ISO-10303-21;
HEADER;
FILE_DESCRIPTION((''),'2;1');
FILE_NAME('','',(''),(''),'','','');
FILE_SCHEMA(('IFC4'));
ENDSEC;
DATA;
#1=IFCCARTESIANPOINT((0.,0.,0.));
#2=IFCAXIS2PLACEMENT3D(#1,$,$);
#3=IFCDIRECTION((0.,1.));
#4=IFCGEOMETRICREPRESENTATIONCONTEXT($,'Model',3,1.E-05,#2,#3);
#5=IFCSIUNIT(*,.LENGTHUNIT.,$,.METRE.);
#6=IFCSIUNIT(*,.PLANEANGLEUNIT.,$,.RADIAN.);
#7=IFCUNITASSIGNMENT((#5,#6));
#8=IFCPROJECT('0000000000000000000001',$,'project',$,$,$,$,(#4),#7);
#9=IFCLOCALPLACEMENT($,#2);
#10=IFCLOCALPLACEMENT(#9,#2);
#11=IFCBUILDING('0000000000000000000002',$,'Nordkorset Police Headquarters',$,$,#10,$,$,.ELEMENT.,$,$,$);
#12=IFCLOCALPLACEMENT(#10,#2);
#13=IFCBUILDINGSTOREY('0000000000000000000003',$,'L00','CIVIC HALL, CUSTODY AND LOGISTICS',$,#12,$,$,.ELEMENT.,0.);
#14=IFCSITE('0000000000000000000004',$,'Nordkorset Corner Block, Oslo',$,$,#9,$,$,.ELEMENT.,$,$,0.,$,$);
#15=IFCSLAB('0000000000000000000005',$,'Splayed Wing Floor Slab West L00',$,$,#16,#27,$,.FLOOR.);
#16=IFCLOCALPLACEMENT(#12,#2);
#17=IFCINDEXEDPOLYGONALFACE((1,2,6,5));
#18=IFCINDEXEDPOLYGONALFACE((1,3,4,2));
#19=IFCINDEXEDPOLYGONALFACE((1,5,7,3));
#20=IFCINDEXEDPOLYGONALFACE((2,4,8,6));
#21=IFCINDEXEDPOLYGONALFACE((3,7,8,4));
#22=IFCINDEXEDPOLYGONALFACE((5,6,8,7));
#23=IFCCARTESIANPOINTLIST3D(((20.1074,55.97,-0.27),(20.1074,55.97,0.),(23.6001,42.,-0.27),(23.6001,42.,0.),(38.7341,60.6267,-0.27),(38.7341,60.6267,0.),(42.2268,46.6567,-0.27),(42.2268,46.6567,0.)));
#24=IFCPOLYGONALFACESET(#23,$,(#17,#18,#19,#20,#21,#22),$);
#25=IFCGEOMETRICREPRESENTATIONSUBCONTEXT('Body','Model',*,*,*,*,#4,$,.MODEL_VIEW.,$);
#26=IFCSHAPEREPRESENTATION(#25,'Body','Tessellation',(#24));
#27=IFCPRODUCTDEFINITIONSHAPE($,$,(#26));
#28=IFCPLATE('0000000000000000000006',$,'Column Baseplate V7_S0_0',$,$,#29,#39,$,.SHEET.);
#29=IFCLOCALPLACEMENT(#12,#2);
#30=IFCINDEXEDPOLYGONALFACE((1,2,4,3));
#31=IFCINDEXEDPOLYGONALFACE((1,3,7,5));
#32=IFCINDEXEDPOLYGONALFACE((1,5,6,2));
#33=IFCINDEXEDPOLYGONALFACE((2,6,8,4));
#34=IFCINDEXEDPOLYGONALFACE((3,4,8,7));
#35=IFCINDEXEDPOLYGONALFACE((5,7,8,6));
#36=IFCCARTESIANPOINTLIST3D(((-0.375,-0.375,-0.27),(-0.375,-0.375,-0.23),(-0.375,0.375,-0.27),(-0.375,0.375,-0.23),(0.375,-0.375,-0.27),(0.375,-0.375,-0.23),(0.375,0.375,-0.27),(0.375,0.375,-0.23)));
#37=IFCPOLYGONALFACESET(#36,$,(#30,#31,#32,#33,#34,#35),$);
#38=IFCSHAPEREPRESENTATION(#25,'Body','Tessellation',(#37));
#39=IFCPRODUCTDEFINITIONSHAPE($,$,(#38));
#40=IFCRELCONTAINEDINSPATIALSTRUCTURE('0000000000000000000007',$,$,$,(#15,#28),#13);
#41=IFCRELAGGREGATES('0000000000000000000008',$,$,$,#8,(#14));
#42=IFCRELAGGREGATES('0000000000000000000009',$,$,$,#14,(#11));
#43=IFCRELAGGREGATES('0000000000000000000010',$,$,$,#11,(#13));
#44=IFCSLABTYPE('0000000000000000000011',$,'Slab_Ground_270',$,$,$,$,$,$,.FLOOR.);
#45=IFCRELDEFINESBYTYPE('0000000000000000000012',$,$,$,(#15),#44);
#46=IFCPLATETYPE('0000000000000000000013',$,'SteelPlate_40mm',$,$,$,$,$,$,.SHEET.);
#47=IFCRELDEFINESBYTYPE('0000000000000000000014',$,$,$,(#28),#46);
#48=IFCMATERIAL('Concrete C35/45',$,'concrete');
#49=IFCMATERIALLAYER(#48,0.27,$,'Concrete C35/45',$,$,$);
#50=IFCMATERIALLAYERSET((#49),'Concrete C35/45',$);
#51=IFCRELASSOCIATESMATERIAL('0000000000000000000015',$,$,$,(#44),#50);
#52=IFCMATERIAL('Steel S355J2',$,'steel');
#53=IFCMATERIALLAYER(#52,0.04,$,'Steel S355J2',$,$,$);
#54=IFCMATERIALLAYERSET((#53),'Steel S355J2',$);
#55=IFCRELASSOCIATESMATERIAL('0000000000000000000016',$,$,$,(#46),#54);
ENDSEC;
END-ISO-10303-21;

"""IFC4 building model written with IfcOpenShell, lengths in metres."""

from ifc_helpers import new_model, si_unit, direction, frame, origin, origin_2d, place, context, subcontext, project, spatial, polyline, rectangle, outline, extrude, material, layer, layer_set, type_object, element, save


model = new_model("IFC4")

# Units and contexts
model_context = context("Model", 3, precision=1e-05, world=origin(), true_north=direction((0.0, 1.0)))
body_context = subcontext(model_context, "Body", "Model", "MODEL_VIEW")
ifc_project = project(units=[si_unit("LENGTHUNIT", "METRE"), si_unit("PLANEANGLEUNIT", "RADIAN")], contexts=[model_context])

# Site, building, storey
site_placement = place(None, origin())
site = spatial("IfcSite", under=ifc_project, at=site_placement, Name="Nordkorset Corner Block, Oslo", CompositionType="ELEMENT", RefElevation=0.0)
building_placement = place(site_placement, origin())
building = spatial("IfcBuilding", under=site, at=building_placement, Name="Nordkorset Police Headquarters", CompositionType="ELEMENT")
storey_placement = place(building_placement, origin())
storey = spatial("IfcBuildingStorey", under=building, at=storey_placement, Name="L00", Description="CIVIC HALL, CUSTODY AND LOGISTICS", CompositionType="ELEMENT", Elevation=0.0)

# Slab
ifc_material_1 = material(Name="Concrete C35/45", Category="concrete")
ifc_layer_1 = layer(ifc_material_1, 0.27, Name="Concrete C35/45")
ifc_layer_set_1 = layer_set([ifc_layer_1], Name="Concrete C35/45")
slab_type = type_object("IfcSlabType", Name="Slab_Ground_270", PredefinedType="FLOOR", material=ifc_layer_set_1)
slab_1_placement = place(storey_placement, frame((0.0, 0.0, -0.27)))
element("IfcSlab", 1, at=slab_1_placement, inside=storey, type_object=slab_type, Name="Splayed Wing Floor Slab West L00", PredefinedType="FLOOR", context=body_context, shape_type="SweptSolid", body=[
    extrude(outline(polyline([(23.6001, 42.0), (42.2268, 46.6567), (38.7341, 60.6267), (20.1074, 55.97), (23.6001, 42.0)])), origin(), (0.0, 0.0, 1.0), 0.27),
])

# Plate
ifc_material_2 = material(Name="Steel S355J2", Category="steel")
ifc_layer_2 = layer(ifc_material_2, 0.04, Name="Steel S355J2")
ifc_layer_set_2 = layer_set([ifc_layer_2], Name="Steel S355J2")
plate_type = type_object("IfcPlateType", Name="SteelPlate_40mm", PredefinedType="SHEET", material=ifc_layer_set_2)
plate_placement = place(storey_placement, frame((0.0, 0.0, -0.27), z_axis=(0.0, 0.0, 1.0), x_axis=(1.0, 0.0, 0.0)))
element("IfcPlate", 2, at=plate_placement, inside=storey, type_object=plate_type, Name="Column Baseplate V7_S0_0", PredefinedType="SHEET", context=body_context, shape_type="SweptSolid", body=[
    extrude(rectangle(XDim=0.75, YDim=0.75, at=origin_2d()), origin(), (0.0, 0.0, 1.0), 0.04),
])

save(model, "model.ifc")
